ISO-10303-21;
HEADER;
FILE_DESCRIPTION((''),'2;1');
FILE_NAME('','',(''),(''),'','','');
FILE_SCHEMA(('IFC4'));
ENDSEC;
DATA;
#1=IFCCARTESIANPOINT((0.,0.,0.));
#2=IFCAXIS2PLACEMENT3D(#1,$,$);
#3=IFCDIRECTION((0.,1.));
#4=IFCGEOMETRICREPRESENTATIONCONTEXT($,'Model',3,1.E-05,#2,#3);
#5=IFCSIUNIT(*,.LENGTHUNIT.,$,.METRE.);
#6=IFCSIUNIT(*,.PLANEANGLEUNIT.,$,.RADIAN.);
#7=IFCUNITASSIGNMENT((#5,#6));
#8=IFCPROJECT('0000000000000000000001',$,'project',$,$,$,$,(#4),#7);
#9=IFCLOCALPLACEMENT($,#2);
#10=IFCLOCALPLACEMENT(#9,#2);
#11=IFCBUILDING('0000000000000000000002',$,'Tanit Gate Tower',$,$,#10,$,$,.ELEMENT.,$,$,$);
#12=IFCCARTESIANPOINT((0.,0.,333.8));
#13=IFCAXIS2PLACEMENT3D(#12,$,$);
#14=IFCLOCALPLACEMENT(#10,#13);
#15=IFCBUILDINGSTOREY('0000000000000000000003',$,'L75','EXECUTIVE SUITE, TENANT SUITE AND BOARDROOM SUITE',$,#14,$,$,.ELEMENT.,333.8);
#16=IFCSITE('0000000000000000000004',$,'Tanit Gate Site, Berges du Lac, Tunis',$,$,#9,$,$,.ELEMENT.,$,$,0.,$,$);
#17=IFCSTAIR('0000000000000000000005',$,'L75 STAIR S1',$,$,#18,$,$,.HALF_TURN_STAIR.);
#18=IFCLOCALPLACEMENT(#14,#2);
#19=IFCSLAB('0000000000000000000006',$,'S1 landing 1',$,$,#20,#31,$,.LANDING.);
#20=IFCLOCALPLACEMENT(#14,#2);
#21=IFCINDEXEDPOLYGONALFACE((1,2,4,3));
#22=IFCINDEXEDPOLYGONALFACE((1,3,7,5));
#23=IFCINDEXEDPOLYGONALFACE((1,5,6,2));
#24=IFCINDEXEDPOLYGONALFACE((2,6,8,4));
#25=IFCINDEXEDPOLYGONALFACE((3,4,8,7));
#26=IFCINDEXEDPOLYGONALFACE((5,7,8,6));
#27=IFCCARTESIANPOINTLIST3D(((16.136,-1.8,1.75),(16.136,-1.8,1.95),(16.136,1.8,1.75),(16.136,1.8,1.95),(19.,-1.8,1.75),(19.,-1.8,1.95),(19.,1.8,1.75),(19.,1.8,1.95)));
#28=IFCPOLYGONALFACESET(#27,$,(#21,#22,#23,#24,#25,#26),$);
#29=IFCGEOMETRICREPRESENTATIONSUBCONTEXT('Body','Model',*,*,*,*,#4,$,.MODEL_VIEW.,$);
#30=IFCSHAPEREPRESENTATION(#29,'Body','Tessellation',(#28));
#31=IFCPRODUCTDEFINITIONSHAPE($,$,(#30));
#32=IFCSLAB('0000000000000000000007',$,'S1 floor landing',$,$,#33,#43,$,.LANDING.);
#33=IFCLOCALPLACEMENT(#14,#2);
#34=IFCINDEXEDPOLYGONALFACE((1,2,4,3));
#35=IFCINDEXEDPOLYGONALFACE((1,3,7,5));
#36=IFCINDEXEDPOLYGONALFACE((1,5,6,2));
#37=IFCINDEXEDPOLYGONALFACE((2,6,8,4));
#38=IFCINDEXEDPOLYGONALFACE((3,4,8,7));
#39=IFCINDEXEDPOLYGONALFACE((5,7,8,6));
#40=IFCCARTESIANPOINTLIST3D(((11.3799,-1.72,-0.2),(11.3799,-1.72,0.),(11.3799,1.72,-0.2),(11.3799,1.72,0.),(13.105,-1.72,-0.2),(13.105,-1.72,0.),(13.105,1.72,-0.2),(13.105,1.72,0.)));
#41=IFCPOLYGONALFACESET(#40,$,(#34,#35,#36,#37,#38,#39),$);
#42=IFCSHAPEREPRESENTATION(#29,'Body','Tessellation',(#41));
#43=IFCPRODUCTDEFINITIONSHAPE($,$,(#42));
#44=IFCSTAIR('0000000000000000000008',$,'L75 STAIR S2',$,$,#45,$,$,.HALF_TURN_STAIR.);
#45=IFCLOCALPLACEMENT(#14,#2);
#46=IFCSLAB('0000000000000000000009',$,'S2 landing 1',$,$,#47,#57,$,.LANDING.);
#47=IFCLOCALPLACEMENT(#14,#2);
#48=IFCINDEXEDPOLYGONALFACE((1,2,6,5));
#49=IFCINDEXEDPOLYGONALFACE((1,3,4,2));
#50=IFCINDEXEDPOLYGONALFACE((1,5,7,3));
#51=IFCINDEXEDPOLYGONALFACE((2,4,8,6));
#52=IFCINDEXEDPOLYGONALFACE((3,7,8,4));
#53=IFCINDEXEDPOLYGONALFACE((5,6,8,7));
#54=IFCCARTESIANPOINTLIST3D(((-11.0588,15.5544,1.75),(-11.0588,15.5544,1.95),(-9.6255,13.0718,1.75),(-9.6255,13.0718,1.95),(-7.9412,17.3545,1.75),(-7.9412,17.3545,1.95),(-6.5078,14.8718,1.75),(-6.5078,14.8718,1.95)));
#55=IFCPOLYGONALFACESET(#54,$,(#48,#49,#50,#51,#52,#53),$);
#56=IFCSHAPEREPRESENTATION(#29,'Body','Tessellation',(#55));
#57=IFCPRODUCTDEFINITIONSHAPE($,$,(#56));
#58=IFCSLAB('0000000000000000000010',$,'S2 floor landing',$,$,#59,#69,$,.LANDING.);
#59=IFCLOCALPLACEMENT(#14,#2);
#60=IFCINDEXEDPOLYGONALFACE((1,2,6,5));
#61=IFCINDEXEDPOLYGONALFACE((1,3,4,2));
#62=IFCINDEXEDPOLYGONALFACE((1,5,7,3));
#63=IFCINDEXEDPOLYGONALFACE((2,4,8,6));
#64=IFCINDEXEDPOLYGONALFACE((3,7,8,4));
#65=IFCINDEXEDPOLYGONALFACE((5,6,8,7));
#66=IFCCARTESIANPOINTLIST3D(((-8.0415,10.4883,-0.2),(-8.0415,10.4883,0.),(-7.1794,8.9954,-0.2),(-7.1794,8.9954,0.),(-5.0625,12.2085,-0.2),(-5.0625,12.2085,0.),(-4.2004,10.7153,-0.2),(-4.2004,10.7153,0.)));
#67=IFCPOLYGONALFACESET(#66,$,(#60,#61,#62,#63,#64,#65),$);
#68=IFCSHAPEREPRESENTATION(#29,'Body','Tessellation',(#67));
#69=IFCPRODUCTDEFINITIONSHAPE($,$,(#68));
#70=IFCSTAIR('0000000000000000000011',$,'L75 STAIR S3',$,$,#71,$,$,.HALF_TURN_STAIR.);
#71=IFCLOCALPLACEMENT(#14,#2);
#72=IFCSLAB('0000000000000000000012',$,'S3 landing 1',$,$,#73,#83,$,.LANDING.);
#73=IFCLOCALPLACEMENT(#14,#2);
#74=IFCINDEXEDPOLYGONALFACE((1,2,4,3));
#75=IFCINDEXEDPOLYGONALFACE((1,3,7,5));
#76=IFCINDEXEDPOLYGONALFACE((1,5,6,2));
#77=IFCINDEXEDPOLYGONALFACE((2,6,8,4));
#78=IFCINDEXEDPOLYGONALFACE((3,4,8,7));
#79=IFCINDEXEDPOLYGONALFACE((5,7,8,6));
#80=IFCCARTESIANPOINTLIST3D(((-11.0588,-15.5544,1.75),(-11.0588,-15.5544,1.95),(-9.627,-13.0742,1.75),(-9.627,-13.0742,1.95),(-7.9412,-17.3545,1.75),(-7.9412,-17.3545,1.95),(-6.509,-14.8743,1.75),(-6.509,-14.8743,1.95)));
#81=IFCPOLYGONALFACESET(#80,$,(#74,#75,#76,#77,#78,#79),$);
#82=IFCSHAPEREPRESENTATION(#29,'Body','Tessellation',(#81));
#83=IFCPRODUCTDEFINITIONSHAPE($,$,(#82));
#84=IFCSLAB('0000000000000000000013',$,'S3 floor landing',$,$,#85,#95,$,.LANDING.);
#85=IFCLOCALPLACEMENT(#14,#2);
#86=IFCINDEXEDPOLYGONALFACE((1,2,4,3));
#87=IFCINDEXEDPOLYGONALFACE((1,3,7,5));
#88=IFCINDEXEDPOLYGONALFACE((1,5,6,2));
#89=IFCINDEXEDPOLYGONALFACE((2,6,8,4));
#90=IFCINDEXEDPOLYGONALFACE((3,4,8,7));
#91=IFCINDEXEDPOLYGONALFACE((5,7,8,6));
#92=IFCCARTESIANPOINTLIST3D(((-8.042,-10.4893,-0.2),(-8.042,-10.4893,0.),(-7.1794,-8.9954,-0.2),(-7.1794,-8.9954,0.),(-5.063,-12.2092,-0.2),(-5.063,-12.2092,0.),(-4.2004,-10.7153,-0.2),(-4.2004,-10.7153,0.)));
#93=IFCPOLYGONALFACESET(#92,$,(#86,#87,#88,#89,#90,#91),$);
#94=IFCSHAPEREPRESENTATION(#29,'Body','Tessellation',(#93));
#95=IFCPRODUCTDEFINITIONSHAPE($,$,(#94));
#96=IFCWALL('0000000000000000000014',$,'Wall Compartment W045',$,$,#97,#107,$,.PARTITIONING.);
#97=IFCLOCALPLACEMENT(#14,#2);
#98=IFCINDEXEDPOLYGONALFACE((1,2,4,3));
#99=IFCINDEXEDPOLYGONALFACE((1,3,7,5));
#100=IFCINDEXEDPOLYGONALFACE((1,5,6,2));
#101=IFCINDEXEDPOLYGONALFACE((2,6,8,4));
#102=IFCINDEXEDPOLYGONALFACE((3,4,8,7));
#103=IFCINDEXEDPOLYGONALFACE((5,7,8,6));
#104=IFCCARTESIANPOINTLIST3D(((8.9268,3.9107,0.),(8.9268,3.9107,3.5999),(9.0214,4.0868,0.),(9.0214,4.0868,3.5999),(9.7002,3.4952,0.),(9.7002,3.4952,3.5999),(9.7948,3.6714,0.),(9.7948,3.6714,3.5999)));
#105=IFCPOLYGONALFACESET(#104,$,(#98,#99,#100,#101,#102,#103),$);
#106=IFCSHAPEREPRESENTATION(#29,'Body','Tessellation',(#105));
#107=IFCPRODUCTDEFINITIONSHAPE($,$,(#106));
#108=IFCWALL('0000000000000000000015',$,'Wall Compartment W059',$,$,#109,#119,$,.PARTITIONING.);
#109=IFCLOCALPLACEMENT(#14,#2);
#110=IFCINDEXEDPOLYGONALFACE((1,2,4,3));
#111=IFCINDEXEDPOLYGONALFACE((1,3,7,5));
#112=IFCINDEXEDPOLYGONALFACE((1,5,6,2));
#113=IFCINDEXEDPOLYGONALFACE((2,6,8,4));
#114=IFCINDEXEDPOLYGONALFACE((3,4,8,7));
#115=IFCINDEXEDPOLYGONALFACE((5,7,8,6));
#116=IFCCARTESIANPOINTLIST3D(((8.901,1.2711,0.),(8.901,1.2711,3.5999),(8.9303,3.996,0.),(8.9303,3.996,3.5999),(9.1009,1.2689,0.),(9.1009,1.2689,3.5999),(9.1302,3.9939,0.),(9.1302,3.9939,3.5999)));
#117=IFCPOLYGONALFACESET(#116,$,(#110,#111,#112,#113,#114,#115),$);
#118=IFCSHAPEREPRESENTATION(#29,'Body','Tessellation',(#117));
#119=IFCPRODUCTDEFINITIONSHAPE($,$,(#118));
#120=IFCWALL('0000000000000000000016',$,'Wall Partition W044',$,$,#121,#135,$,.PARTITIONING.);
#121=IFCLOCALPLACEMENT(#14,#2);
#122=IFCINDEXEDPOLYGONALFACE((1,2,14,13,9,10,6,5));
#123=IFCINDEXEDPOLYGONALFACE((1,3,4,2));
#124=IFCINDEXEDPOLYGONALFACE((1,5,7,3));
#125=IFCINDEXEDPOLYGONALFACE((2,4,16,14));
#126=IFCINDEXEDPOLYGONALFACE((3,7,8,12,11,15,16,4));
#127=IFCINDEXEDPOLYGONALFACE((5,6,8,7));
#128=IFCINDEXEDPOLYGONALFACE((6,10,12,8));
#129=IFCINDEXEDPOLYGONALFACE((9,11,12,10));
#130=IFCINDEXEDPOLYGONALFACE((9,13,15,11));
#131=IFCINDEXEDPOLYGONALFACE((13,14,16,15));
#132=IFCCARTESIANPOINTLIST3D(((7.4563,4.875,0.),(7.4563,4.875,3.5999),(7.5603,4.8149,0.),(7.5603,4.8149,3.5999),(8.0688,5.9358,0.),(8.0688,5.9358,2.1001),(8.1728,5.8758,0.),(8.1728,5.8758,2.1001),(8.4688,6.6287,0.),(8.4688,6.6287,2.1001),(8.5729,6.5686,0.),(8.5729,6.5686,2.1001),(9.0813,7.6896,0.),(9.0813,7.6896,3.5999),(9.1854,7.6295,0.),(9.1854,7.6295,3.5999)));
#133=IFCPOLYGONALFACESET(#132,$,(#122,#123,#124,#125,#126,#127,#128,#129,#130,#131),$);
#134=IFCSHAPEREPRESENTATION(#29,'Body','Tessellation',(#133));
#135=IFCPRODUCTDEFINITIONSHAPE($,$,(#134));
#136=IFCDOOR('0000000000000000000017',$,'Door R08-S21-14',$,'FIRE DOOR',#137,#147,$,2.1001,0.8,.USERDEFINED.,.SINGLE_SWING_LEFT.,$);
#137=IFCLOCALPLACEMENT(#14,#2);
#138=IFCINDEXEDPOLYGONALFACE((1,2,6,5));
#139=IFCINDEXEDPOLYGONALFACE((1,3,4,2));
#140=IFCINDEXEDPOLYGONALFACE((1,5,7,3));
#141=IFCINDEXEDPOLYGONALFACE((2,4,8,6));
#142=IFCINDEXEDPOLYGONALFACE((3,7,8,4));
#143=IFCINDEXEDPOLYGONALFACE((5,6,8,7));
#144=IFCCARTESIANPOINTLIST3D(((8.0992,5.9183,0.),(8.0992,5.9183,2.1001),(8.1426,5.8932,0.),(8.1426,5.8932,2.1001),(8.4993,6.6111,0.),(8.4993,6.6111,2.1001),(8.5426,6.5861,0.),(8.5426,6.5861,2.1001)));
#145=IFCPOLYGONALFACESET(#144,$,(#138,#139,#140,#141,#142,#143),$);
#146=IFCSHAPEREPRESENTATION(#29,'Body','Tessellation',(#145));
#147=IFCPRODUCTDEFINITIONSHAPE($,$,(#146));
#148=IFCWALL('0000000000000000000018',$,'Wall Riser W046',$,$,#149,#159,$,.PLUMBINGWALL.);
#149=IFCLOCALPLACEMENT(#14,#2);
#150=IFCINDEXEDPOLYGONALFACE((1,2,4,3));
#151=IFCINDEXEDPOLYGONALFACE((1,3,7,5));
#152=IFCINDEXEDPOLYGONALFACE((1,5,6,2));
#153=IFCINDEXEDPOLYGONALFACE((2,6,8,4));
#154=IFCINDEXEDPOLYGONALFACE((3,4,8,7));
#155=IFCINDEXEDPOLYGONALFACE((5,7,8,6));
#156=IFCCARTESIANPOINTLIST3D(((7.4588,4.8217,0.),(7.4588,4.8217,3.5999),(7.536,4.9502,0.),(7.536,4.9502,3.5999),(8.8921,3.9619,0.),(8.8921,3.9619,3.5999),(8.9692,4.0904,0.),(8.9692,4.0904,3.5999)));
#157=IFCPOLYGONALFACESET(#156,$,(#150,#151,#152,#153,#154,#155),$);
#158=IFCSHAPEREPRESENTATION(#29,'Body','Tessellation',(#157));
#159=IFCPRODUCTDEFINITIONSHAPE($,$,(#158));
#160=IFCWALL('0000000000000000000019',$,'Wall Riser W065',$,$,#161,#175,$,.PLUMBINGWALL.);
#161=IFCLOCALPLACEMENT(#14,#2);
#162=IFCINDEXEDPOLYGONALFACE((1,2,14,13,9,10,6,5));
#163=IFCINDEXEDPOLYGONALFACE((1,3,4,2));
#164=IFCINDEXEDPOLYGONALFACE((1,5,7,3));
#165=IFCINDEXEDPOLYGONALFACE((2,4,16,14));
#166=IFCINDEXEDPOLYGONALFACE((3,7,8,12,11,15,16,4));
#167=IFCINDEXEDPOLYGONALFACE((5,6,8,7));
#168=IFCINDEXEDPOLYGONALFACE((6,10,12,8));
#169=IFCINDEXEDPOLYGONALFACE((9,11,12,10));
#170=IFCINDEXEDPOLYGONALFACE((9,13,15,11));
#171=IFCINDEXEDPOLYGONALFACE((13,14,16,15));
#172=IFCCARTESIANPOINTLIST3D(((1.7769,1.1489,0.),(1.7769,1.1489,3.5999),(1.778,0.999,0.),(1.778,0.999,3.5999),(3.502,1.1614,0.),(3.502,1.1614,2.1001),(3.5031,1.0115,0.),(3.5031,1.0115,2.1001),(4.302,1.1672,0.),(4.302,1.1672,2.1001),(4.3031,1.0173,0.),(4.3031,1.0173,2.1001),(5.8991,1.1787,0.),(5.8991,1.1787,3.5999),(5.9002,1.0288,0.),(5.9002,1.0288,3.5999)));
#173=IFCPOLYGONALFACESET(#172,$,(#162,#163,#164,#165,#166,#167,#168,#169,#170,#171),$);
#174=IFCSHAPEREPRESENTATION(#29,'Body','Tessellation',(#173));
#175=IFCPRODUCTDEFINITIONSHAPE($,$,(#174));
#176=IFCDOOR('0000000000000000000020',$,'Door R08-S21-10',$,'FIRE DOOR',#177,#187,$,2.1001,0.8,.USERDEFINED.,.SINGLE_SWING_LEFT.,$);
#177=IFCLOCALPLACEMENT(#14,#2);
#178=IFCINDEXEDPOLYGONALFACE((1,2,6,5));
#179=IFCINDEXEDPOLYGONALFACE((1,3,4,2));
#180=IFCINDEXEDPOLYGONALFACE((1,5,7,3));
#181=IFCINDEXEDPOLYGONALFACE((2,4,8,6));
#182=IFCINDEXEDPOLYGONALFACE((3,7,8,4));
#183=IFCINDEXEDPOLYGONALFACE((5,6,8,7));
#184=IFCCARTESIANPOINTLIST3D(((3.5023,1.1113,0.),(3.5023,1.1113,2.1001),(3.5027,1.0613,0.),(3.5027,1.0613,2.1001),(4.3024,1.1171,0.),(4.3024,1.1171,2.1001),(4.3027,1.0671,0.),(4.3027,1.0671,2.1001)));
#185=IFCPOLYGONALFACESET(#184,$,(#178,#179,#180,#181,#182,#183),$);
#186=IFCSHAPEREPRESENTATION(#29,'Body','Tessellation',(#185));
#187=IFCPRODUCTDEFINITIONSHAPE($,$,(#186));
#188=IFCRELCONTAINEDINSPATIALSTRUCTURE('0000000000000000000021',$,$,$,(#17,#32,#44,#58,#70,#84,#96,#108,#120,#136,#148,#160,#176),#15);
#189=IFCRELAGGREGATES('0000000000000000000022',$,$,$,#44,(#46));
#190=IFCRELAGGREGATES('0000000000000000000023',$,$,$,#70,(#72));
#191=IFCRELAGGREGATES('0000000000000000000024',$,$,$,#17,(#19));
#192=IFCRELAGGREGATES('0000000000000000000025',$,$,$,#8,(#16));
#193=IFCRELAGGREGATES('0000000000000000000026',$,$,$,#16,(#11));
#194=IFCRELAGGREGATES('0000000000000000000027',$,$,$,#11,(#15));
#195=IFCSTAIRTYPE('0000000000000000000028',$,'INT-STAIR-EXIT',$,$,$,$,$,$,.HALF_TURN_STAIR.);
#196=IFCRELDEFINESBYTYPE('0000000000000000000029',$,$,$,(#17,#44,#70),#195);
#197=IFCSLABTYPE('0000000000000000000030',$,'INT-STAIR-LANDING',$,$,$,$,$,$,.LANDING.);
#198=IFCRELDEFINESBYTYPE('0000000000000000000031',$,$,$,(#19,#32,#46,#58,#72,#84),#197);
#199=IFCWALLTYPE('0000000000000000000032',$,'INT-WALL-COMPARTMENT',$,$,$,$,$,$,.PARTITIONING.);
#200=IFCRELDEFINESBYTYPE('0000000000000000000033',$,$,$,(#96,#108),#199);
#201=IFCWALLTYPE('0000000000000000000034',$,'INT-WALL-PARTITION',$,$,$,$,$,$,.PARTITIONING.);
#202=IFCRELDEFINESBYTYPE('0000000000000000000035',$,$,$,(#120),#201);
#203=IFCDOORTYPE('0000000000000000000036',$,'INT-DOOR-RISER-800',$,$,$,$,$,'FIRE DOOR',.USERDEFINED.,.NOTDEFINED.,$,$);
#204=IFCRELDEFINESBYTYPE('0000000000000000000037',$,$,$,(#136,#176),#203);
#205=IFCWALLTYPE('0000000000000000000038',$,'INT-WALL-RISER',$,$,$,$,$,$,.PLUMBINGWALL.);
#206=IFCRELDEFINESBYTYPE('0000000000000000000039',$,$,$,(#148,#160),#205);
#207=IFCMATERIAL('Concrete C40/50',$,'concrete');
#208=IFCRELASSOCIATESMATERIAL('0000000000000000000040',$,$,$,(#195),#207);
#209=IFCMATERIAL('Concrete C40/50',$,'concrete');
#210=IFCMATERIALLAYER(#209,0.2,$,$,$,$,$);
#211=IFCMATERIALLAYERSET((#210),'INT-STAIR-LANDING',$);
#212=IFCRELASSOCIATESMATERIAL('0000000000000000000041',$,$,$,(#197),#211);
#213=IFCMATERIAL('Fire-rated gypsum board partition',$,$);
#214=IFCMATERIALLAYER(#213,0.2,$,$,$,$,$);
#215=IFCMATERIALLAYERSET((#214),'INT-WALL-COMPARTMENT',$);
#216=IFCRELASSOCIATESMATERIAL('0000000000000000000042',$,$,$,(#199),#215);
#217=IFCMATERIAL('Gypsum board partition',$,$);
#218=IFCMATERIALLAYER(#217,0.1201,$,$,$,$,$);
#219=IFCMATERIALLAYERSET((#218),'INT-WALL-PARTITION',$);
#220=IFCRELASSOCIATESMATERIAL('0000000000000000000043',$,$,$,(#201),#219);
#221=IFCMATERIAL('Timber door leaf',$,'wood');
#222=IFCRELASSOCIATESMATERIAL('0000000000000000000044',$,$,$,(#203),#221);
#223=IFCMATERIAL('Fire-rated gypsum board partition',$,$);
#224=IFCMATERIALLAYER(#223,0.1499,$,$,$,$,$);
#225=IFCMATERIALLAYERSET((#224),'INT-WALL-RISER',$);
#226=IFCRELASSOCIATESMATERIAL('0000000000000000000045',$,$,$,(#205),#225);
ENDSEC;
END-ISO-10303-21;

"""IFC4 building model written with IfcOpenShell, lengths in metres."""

from ifc_helpers import new_model, si_unit, direction, frame, frame_2d, origin, place, context, subcontext, project, spatial, polyline, rectangle, outline, extrude, material, layer, layer_set, type_object, element, fill, aggregate, save


model = new_model("IFC4")

# Units and contexts
model_context = context("Model", 3, precision=1e-05, world=origin(), true_north=direction((0.0, 1.0)))
body_context = subcontext(model_context, "Body", "Model", "MODEL_VIEW")
ifc_project = project(units=[si_unit("LENGTHUNIT", "METRE"), si_unit("PLANEANGLEUNIT", "RADIAN")], contexts=[model_context])

# Site, building, storey
site_placement = place(None, origin())
site = spatial("IfcSite", under=ifc_project, at=site_placement, Name="Tanit Gate Site, Berges du Lac, Tunis", CompositionType="ELEMENT", RefElevation=0.0)
building_placement = place(site_placement, origin())
building = spatial("IfcBuilding", under=site, at=building_placement, Name="Tanit Gate Tower", CompositionType="ELEMENT")
storey_placement = place(building_placement, frame((0.0, 0.0, 333.8)))
storey = spatial("IfcBuildingStorey", under=building, at=storey_placement, Name="L75", Description="EXECUTIVE SUITE, TENANT SUITE AND BOARDROOM SUITE", CompositionType="ELEMENT", Elevation=333.8)

# Stair, slab
ifc_material_1 = material(Name="Concrete C40/50", Category="concrete")
stair_type = type_object("IfcStairType", Name="INT-STAIR-EXIT", PredefinedType="HALF_TURN_STAIR", material=ifc_material_1)
stair_1_placement = place(storey_placement, origin())
stair_1 = element("IfcStair", 1, at=stair_1_placement, inside=storey, type_object=stair_type, Name="L75 STAIR S1", PredefinedType="HALF_TURN_STAIR")
ifc_material_2 = material(Name="Concrete C40/50", Category="concrete")
ifc_layer_1 = layer(ifc_material_2, 0.2)
ifc_layer_set_1 = layer_set([ifc_layer_1], Name="INT-STAIR-LANDING")
slab_type = type_object("IfcSlabType", Name="INT-STAIR-LANDING", PredefinedType="LANDING", material=ifc_layer_set_1)
slab_1_placement = place(storey_placement, frame((0.0, 0.0, 1.75)))
slab_1 = element("IfcSlab", 2, at=slab_1_placement, type_object=slab_type, Name="S1 landing 1", PredefinedType="LANDING", context=body_context, shape_type="SweptSolid", body=[
    extrude(outline(polyline([(16.136, -1.8), (19.0, -1.8), (19.0, 1.8), (16.136, 1.8), (16.136, -1.8)])), origin(), (0.0, 0.0, 1.0), 0.2),
])

# Slab
slab_2_placement = place(storey_placement, frame((0.0, 0.0, -0.2)))
element("IfcSlab", 3, at=slab_2_placement, inside=storey, type_object=slab_type, Name="S1 floor landing", PredefinedType="LANDING", context=body_context, shape_type="SweptSolid", body=[
    extrude(outline(polyline([(11.3799, -1.72), (13.105, -1.72), (13.105, 1.72), (11.3799, 1.72), (11.3799, -1.72)])), origin(), (0.0, 0.0, 1.0), 0.2),
])

# Stair, slab
stair_2_placement = place(storey_placement, origin())
stair_2 = element("IfcStair", 4, at=stair_2_placement, inside=storey, type_object=stair_type, Name="L75 STAIR S2", PredefinedType="HALF_TURN_STAIR")
slab_3_placement = place(storey_placement, frame((0.0, 0.0, 1.75)))
slab_3 = element("IfcSlab", 5, at=slab_3_placement, type_object=slab_type, Name="S2 landing 1", PredefinedType="LANDING", context=body_context, shape_type="SweptSolid", body=[
    extrude(outline(polyline([(-6.5078, 14.8718), (-7.9412, 17.3545), (-11.0588, 15.5544), (-9.6255, 13.0718), (-6.5078, 14.8718)])), origin(), (0.0, 0.0, 1.0), 0.2),
])
aggregate(stair_2, [slab_3])

# Slab
slab_4_placement = place(storey_placement, frame((0.0, 0.0, -0.2)))
element("IfcSlab", 6, at=slab_4_placement, inside=storey, type_object=slab_type, Name="S2 floor landing", PredefinedType="LANDING", context=body_context, shape_type="SweptSolid", body=[
    extrude(outline(polyline([(-4.2004, 10.7153), (-5.0625, 12.2085), (-8.0415, 10.4883), (-7.1794, 8.9954), (-4.2004, 10.7153)])), origin(), (0.0, 0.0, 1.0), 0.2),
])

# Stair, slab
stair_3_placement = place(storey_placement, origin())
stair_3 = element("IfcStair", 7, at=stair_3_placement, inside=storey, type_object=stair_type, Name="L75 STAIR S3", PredefinedType="HALF_TURN_STAIR")
slab_5_placement = place(storey_placement, frame((0.0, 0.0, 1.75)))
slab_5 = element("IfcSlab", 8, at=slab_5_placement, type_object=slab_type, Name="S3 landing 1", PredefinedType="LANDING", context=body_context, shape_type="SweptSolid", body=[
    extrude(outline(polyline([(-9.627, -13.0742), (-11.0588, -15.5544), (-7.9412, -17.3545), (-6.509, -14.8743), (-9.627, -13.0742)])), origin(), (0.0, 0.0, 1.0), 0.2),
])
aggregate(stair_3, [slab_5])

# Slab
slab_6_placement = place(storey_placement, frame((0.0, 0.0, -0.2)))
element("IfcSlab", 9, at=slab_6_placement, inside=storey, type_object=slab_type, Name="S3 floor landing", PredefinedType="LANDING", context=body_context, shape_type="SweptSolid", body=[
    extrude(outline(polyline([(-7.1794, -8.9954), (-8.042, -10.4893), (-5.063, -12.2092), (-4.2004, -10.7153), (-7.1794, -8.9954)])), origin(), (0.0, 0.0, 1.0), 0.2),
])

# Walls
ifc_material_3 = material(Name="Fire-rated gypsum board partition")
ifc_layer_2 = layer(ifc_material_3, 0.2)
ifc_layer_set_2 = layer_set([ifc_layer_2], Name="INT-WALL-COMPARTMENT")
wall_type_1 = type_object("IfcWallType", Name="INT-WALL-COMPARTMENT", PredefinedType="PARTITIONING", material=ifc_layer_set_2)
wall_1_placement = place(storey_placement, frame((8.9741, 3.9988, 0.0), z_axis=(0.0, 0.0, 1.0), x_axis=(0.880917, -0.473271, 0.0)))
element("IfcWall", 10, at=wall_1_placement, inside=storey, type_object=wall_type_1, Name="Wall Compartment W045", PredefinedType="PARTITIONING", context=body_context, shape_type="SweptSolid", body=[
    extrude(rectangle(XDim=0.8779, YDim=0.2, at=frame_2d((0.439, 0.0))), origin(), (0.0, 0.0, 1.0), 3.5999),
])
wall_2_placement = place(storey_placement, frame((9.001, 1.27, 0.0), z_axis=(0.0, 0.0, 1.0), x_axis=(0.010751, 0.999942, 0.0)))
element("IfcWall", 11, at=wall_2_placement, inside=storey, type_object=wall_type_1, Name="Wall Compartment W059", PredefinedType="PARTITIONING", context=body_context, shape_type="SweptSolid", body=[
    extrude(rectangle(XDim=2.7251, YDim=0.2, at=frame_2d((1.3625, 0.0))), origin(), (0.0, 0.0, 1.0), 3.5999),
])

# Wall, opening, door
ifc_material_4 = material(Name="Gypsum board partition")
ifc_layer_3 = layer(ifc_material_4, 0.1201)
ifc_layer_set_3 = layer_set([ifc_layer_3], Name="INT-WALL-PARTITION")
wall_type_2 = type_object("IfcWallType", Name="INT-WALL-PARTITION", PredefinedType="PARTITIONING", material=ifc_layer_set_3)
wall_3_placement = place(storey_placement, frame((7.5083, 4.845, 0.0), z_axis=(0.0, 0.0, 1.0), x_axis=(0.500017, 0.866015, 0.0)))
wall_3 = element("IfcWall", 12, at=wall_3_placement, inside=storey, type_object=wall_type_2, Name="Wall Partition W044", PredefinedType="PARTITIONING", context=body_context, shape_type="SweptSolid", body=[
    extrude(rectangle(XDim=3.25, YDim=0.1201, at=frame_2d((1.625, 0.0))), origin(), (0.0, 0.0, 1.0), 3.5999),
])
opening_1_placement = place(wall_3_placement, frame((1.2251, 0.0, 0.0)))
opening_1 = element("IfcOpeningElement", 13, at=opening_1_placement, cuts=wall_3, PredefinedType="OPENING", context=body_context, shape_type="SweptSolid", body=[
    extrude(rectangle(XDim=0.8, YDim=2.1001, at=frame_2d((0.3999, 1.05))), frame((0.0, 0.0701, 0.0), z_axis=(0.0, -1.0, 0.0), x_axis=(1.0, 0.0, 0.0)), (0.0, 0.0, 1.0), 0.1401),
])
ifc_material_5 = material(Name="Timber door leaf", Category="wood")
door_type_1 = type_object("IfcDoorType", Name="INT-DOOR-RISER-800", ElementType="FIRE DOOR", OperationType="NOTDEFINED", PredefinedType="USERDEFINED", material=ifc_material_5)
door_1_placement = place(opening_1_placement, origin())
door_1 = element("IfcDoor", 14, at=door_1_placement, inside=storey, type_object=door_type_1, Name="Door R08-S21-14", ObjectType="FIRE DOOR", OperationType="SINGLE_SWING_LEFT", OverallHeight=2.1001, OverallWidth=0.8, PredefinedType="USERDEFINED", context=body_context, shape_type="SweptSolid", body=[
    extrude(rectangle(XDim=0.8, YDim=2.1001, at=frame_2d((0.3999, 1.05))), frame((0.0, 0.0249, 0.0), z_axis=(0.0, -1.0, 0.0), x_axis=(1.0, 0.0, 0.0)), (0.0, 0.0, 1.0), 0.05),
])
fill(opening_1, door_1)

# Wall
ifc_material_6 = material(Name="Fire-rated gypsum board partition")
ifc_layer_4 = layer(ifc_material_6, 0.1499)
ifc_layer_set_4 = layer_set([ifc_layer_4], Name="INT-WALL-RISER")
wall_type_3 = type_object("IfcWallType", Name="INT-WALL-RISER", PredefinedType="PLUMBINGWALL", material=ifc_layer_set_4)
wall_4_placement = place(storey_placement, frame((8.9307, 4.0261, 0.0), z_axis=(0.0, 0.0, 1.0), x_axis=(-0.857532, 0.514431, 0.0)))
element("IfcWall", 15, at=wall_4_placement, inside=storey, type_object=wall_type_3, Name="Wall Riser W046", PredefinedType="PLUMBINGWALL", context=body_context, shape_type="SweptSolid", body=[
    extrude(rectangle(XDim=1.6714, YDim=0.1499, at=frame_2d((0.8357, 0.0))), origin(), (0.0, 0.0, 1.0), 3.5999),
])

# Wall, opening, door
wall_5_placement = place(storey_placement, frame((1.7776, 1.074, 0.0), z_axis=(0.0, 0.0, 1.0), x_axis=(0.999974, 0.007225, 0.0)))
wall_5 = element("IfcWall", 16, at=wall_5_placement, inside=storey, type_object=wall_type_3, Name="Wall Riser W065", PredefinedType="PLUMBINGWALL", context=body_context, shape_type="SweptSolid", body=[
    extrude(rectangle(XDim=4.1223, YDim=0.1499, at=frame_2d((2.061, 0.0))), origin(), (0.0, 0.0, 1.0), 3.5999),
])
opening_2_placement = place(wall_5_placement, frame((1.7251, 0.0, 0.0)))
opening_2 = element("IfcOpeningElement", 17, at=opening_2_placement, cuts=wall_5, PredefinedType="OPENING", context=body_context, shape_type="SweptSolid", body=[
    extrude(rectangle(XDim=0.8, YDim=2.1001, at=frame_2d((0.3999, 1.05))), frame((0.0, 0.085, 0.0), z_axis=(0.0, -1.0, 0.0), x_axis=(1.0, 0.0, 0.0)), (0.0, 0.0, 1.0), 0.1699),
])
door_2_placement = place(opening_2_placement, origin())
door_2 = element("IfcDoor", 18, at=door_2_placement, inside=storey, type_object=door_type_1, Name="Door R08-S21-10", ObjectType="FIRE DOOR", OperationType="SINGLE_SWING_LEFT", OverallHeight=2.1001, OverallWidth=0.8, PredefinedType="USERDEFINED", context=body_context, shape_type="SweptSolid", body=[
    extrude(rectangle(XDim=0.8, YDim=2.1001, at=frame_2d((0.3999, 1.05))), frame((0.0, 0.0249, 0.0), z_axis=(0.0, -1.0, 0.0), x_axis=(1.0, 0.0, 0.0)), (0.0, 0.0, 1.0), 0.05),
])
fill(opening_2, door_2)

aggregate(stair_1, [slab_1])

save(model, "model.ifc")
